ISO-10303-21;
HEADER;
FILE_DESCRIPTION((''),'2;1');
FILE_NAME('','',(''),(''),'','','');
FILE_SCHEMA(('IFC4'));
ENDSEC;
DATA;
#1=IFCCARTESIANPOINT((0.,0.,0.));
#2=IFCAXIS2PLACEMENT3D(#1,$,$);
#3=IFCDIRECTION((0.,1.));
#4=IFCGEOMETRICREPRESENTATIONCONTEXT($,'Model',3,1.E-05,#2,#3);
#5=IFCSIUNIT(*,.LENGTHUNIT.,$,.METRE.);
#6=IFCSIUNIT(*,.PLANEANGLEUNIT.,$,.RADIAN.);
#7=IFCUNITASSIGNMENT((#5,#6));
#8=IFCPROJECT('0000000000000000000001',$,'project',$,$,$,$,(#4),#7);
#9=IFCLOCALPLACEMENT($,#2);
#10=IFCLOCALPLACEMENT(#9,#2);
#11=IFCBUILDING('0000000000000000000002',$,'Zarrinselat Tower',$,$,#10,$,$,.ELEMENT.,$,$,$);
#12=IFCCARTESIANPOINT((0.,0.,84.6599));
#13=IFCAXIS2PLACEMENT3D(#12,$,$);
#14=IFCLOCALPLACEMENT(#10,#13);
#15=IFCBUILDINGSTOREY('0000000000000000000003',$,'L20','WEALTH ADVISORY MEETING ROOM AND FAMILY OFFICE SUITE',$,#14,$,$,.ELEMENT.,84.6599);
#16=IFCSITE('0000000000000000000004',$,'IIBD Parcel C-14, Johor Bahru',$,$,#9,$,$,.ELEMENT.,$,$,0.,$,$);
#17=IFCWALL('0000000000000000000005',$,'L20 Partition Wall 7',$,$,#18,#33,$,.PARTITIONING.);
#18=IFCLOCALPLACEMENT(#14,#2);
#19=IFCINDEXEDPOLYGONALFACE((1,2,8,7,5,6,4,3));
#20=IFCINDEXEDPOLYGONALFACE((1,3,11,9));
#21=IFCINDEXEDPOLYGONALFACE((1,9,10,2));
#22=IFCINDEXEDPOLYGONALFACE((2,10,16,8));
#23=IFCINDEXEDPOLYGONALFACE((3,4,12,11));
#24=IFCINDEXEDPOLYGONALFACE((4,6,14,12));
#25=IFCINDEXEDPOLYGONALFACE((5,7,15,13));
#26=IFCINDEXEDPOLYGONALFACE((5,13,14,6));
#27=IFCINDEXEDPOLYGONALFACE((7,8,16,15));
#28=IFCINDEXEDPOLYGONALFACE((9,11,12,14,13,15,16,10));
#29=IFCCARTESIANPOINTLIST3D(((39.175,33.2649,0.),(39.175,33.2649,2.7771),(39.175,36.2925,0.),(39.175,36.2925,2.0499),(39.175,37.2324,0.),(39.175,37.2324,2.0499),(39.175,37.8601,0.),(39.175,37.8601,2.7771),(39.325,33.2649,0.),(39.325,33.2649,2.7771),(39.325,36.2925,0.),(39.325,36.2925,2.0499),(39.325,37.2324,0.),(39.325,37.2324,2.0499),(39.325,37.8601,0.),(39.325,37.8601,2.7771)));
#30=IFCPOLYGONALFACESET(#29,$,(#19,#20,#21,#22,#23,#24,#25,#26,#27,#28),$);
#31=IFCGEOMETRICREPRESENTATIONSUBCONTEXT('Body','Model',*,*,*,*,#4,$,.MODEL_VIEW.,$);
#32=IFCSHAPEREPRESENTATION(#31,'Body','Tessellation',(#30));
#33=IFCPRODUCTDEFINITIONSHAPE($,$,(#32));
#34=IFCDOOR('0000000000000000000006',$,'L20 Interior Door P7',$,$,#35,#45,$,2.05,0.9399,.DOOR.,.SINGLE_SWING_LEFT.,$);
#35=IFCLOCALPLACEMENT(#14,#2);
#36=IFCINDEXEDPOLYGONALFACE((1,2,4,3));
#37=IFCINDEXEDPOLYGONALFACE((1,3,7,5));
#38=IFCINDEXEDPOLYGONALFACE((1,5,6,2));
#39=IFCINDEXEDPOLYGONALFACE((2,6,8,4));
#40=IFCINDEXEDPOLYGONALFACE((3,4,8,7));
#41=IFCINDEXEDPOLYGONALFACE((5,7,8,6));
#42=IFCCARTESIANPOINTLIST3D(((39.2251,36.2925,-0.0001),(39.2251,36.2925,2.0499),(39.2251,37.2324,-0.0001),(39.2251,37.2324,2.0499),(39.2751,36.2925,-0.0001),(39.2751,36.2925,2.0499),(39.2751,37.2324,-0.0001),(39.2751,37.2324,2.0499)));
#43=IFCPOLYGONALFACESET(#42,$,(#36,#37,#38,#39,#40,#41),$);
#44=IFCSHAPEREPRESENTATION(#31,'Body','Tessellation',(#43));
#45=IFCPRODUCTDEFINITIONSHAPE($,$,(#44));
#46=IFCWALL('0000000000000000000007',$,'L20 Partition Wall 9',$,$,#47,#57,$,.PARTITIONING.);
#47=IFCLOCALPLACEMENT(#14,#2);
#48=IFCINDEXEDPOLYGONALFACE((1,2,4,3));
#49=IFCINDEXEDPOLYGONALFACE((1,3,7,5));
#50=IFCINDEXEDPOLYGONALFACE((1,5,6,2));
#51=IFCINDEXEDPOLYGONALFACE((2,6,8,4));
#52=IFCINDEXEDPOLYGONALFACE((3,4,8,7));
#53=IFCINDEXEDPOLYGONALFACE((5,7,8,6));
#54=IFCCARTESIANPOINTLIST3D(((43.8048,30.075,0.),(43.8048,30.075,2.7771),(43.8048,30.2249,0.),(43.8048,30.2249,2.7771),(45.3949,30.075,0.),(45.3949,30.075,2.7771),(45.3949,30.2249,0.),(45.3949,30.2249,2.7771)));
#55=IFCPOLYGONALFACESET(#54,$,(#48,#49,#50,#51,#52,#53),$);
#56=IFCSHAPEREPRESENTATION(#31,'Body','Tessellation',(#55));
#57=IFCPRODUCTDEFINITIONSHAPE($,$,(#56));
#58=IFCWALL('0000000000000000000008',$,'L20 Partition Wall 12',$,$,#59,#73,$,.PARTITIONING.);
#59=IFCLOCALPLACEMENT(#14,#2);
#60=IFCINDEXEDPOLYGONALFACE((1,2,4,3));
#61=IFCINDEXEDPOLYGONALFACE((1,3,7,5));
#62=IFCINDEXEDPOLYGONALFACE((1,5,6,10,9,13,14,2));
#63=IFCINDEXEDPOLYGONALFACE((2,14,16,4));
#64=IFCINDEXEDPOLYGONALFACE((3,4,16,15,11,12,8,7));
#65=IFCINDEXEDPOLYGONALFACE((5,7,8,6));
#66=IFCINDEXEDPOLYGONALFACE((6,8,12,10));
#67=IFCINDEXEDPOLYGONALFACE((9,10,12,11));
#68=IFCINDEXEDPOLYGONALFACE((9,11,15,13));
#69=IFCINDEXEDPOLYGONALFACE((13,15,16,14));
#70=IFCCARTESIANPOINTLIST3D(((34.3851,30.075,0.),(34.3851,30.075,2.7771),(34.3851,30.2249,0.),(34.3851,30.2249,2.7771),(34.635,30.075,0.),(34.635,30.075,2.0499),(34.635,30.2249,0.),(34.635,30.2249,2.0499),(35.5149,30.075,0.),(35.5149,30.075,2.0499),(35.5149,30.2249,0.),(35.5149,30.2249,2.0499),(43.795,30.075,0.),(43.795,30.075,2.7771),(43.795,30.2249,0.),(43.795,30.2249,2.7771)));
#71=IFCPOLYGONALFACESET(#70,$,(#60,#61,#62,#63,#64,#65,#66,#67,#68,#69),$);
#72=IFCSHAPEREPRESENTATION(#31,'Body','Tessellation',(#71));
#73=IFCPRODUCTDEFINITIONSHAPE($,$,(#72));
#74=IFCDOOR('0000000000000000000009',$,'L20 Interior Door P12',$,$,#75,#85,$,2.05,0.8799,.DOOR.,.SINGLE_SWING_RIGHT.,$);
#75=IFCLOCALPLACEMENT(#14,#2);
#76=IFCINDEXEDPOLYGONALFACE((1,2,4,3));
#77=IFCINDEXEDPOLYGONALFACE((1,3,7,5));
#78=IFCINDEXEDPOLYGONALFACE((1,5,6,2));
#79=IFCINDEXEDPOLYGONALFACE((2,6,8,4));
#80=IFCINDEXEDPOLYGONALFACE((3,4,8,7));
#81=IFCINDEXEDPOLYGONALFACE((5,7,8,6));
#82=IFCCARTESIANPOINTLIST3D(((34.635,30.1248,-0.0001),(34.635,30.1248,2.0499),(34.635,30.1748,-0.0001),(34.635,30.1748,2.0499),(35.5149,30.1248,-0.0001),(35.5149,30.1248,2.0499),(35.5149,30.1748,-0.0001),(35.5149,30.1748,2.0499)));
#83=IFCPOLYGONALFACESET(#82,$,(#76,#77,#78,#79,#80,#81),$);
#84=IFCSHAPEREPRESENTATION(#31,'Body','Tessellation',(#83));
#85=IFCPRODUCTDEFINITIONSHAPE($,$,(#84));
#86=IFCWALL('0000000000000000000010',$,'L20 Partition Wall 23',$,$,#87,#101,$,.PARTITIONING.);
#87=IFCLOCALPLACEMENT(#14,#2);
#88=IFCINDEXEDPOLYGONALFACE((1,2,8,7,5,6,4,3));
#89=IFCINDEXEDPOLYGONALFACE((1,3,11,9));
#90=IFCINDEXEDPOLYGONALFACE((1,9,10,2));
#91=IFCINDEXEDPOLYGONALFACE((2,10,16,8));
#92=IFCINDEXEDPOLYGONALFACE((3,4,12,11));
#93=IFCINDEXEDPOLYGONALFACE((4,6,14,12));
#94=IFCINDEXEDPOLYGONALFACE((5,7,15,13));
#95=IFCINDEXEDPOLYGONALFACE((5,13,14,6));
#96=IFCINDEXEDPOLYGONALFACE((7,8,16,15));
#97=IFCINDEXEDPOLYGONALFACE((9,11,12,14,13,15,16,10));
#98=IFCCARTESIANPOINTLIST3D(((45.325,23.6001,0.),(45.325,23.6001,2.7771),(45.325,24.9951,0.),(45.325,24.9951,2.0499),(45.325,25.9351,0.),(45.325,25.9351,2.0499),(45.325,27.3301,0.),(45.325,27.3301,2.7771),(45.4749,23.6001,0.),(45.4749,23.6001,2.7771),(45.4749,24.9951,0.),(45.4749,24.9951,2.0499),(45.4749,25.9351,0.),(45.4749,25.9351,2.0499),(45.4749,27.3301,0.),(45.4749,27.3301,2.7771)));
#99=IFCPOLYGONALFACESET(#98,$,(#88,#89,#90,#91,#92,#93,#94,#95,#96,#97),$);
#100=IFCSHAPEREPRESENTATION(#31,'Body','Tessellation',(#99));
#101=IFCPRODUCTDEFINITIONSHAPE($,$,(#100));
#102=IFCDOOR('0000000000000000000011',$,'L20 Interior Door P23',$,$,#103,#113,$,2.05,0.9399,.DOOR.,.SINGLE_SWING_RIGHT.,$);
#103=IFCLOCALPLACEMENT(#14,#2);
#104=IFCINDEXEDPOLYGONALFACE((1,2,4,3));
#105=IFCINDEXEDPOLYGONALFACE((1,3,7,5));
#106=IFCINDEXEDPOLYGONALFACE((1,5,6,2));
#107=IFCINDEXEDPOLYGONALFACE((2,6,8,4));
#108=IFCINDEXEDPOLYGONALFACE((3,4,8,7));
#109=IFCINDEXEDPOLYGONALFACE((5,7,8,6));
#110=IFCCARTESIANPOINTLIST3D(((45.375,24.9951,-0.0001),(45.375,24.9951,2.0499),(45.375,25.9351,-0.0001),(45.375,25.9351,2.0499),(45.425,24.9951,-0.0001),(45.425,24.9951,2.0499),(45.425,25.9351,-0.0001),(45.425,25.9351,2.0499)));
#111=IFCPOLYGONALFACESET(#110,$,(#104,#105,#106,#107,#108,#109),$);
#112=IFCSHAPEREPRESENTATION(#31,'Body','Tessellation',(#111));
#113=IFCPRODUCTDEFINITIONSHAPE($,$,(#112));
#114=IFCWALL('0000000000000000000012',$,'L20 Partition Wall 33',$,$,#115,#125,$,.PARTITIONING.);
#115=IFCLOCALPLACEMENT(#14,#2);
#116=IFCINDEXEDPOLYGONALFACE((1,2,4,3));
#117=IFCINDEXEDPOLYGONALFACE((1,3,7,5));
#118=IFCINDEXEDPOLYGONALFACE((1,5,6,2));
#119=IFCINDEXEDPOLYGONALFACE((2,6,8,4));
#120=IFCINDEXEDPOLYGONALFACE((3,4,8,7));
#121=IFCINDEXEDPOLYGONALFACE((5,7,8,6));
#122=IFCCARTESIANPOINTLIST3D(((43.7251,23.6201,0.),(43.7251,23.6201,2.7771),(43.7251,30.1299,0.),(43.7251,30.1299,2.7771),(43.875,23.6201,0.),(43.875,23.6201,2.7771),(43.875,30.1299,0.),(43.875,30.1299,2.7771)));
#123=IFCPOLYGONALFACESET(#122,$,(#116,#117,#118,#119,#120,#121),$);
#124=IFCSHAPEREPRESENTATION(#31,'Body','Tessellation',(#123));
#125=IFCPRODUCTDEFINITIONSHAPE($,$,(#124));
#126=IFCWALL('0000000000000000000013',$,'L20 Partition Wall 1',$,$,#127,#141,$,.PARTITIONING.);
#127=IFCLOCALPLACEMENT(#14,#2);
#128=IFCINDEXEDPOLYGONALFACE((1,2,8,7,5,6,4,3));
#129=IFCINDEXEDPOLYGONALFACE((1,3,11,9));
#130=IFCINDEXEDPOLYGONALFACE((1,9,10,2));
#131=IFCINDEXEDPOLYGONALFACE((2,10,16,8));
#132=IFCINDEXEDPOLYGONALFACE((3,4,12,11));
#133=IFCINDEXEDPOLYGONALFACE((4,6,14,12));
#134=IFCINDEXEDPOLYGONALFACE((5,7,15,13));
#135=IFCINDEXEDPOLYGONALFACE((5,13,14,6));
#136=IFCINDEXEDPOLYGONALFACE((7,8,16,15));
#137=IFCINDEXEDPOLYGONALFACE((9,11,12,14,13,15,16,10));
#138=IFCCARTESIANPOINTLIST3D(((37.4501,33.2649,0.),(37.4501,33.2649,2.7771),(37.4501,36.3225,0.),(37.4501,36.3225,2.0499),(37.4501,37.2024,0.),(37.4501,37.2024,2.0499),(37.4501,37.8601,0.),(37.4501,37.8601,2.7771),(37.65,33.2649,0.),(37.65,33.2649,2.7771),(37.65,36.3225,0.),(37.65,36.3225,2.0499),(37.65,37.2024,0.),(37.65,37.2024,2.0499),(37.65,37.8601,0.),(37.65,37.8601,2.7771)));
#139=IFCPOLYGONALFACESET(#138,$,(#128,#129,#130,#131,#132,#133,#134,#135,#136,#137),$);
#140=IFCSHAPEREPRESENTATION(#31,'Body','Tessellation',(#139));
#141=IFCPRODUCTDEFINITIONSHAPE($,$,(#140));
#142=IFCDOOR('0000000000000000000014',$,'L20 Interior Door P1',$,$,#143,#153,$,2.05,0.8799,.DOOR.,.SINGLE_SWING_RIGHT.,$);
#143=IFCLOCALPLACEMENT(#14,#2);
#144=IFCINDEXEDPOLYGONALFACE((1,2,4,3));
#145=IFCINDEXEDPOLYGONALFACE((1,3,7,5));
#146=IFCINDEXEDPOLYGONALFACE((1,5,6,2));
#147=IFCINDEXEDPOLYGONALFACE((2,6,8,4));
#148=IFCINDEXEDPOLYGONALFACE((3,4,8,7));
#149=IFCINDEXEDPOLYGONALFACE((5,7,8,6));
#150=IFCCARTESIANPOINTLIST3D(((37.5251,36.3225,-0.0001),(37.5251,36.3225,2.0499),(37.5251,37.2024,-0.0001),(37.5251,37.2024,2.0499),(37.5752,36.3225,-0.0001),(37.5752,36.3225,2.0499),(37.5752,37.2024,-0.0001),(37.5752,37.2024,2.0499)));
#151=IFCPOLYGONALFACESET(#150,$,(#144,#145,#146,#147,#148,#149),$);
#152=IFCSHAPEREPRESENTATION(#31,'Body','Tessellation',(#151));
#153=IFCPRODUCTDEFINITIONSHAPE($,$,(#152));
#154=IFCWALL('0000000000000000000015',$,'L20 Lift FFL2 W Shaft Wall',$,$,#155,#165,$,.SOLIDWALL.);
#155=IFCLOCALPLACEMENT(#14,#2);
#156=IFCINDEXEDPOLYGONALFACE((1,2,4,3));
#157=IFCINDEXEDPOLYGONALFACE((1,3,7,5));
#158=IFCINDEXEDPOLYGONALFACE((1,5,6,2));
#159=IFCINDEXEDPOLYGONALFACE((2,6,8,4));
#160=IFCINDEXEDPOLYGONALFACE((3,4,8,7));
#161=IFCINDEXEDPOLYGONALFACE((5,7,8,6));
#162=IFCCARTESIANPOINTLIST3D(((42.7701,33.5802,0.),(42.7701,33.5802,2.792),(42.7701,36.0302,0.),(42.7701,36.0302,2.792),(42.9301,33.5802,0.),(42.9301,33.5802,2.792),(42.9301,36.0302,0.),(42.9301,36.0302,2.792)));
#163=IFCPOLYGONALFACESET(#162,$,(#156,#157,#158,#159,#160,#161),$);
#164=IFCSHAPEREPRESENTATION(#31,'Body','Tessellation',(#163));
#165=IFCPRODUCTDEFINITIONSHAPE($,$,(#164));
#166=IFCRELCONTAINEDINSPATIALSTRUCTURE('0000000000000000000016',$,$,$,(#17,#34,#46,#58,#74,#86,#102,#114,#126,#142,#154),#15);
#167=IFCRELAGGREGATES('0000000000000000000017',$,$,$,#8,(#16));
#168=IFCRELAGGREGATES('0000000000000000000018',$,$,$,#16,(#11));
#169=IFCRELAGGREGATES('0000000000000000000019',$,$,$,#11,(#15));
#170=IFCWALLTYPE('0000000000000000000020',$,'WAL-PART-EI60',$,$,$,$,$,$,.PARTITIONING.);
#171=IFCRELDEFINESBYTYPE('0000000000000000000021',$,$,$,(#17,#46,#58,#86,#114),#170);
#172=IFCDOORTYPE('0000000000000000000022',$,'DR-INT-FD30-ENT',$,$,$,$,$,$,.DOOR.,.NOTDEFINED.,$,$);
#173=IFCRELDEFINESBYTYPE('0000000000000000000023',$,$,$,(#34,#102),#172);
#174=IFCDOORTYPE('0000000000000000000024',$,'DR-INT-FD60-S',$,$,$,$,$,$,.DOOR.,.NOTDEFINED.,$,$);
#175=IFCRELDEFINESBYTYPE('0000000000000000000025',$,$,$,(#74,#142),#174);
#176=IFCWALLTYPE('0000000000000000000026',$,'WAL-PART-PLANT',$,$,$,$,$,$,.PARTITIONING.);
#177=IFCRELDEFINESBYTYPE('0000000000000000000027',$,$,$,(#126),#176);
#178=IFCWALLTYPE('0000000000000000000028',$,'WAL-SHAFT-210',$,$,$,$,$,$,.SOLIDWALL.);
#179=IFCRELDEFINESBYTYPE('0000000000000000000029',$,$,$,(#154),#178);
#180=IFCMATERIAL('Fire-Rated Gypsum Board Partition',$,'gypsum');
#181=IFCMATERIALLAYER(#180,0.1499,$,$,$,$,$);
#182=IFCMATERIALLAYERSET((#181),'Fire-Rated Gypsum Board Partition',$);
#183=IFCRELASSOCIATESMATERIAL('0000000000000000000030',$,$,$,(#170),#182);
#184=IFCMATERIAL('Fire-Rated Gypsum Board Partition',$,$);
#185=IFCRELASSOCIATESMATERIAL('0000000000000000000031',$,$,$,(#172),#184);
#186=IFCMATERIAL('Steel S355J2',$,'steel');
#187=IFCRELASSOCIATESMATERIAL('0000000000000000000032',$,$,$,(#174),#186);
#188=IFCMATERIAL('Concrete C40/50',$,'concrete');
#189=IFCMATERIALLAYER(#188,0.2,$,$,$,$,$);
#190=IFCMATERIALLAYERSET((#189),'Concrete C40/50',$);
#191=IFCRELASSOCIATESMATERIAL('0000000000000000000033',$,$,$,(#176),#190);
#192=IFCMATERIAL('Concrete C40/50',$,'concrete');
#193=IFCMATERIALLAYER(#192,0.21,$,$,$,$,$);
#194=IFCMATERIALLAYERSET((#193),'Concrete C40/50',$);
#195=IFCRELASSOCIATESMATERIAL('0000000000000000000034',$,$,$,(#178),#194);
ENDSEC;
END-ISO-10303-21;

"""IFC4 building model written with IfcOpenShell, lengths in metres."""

from ifc_helpers import new_model, si_unit, direction, frame, frame_2d, origin, place, context, subcontext, project, spatial, rectangle, extrude, material, layer, layer_set, type_object, element, fill, save


model = new_model("IFC4")

# Units and contexts
model_context = context("Model", 3, precision=1e-05, world=origin(), true_north=direction((0.0, 1.0)))
body_context = subcontext(model_context, "Body", "Model", "MODEL_VIEW")
ifc_project = project(units=[si_unit("LENGTHUNIT", "METRE"), si_unit("PLANEANGLEUNIT", "RADIAN")], contexts=[model_context])

# Site, building, storey
site_placement = place(None, origin())
site = spatial("IfcSite", under=ifc_project, at=site_placement, Name="IIBD Parcel C-14, Johor Bahru", CompositionType="ELEMENT", RefElevation=0.0)
building_placement = place(site_placement, origin())
building = spatial("IfcBuilding", under=site, at=building_placement, Name="Zarrinselat Tower", CompositionType="ELEMENT")
storey_placement = place(building_placement, frame((0.0, 0.0, 84.6599)))
storey = spatial("IfcBuildingStorey", under=building, at=storey_placement, Name="L20", Description="WEALTH ADVISORY MEETING ROOM AND FAMILY OFFICE SUITE", CompositionType="ELEMENT", Elevation=84.6599)

# Wall, opening, door
ifc_material_1 = material(Name="Fire-Rated Gypsum Board Partition", Category="gypsum")
ifc_layer_1 = layer(ifc_material_1, 0.1499)
ifc_layer_set_1 = layer_set([ifc_layer_1], Name="Fire-Rated Gypsum Board Partition")
wall_type_1 = type_object("IfcWallType", Name="WAL-PART-EI60", PredefinedType="PARTITIONING", material=ifc_layer_set_1)
wall_1_placement = place(storey_placement, frame((39.25, 33.2649, 0.0), z_axis=(0.0, 0.0, 1.0), x_axis=(0.0, 1.0, 0.0)))
wall_1 = element("IfcWall", 1, at=wall_1_placement, inside=storey, type_object=wall_type_1, Name="L20 Partition Wall 7", PredefinedType="PARTITIONING", context=body_context, shape_type="SweptSolid", body=[
    extrude(rectangle(XDim=4.5952, YDim=0.1499, at=frame_2d((2.2976, 0.0))), origin(), (0.0, 0.0, 1.0), 2.7771),
])
opening_1_placement = place(wall_1_placement, frame((3.0276, 0.0, 0.0)))
opening_1 = element("IfcOpeningElement", 2, at=opening_1_placement, cuts=wall_1, PredefinedType="OPENING", context=body_context, shape_type="SweptSolid", body=[
    extrude(rectangle(XDim=0.9399, YDim=2.05, at=frame_2d((0.47, 1.0249))), frame((0.0, 0.085, 0.0), z_axis=(0.0, -1.0, 0.0), x_axis=(1.0, 0.0, 0.0)), (0.0, 0.0, 1.0), 0.1699),
])
ifc_material_2 = material(Name="Fire-Rated Gypsum Board Partition")
door_type_1 = type_object("IfcDoorType", Name="DR-INT-FD30-ENT", OperationType="NOTDEFINED", PredefinedType="DOOR", material=ifc_material_2)
door_1_placement = place(opening_1_placement, origin())
door_1 = element("IfcDoor", 3, at=door_1_placement, inside=storey, type_object=door_type_1, Name="L20 Interior Door P7", OperationType="SINGLE_SWING_LEFT", OverallHeight=2.05, OverallWidth=0.9399, PredefinedType="DOOR", context=body_context, shape_type="SweptSolid", body=[
    extrude(rectangle(XDim=0.9399, YDim=2.05, at=frame_2d((0.47, 1.0249))), frame((0.0, 0.0249, 0.0), z_axis=(0.0, -1.0, 0.0), x_axis=(1.0, 0.0, 0.0)), (0.0, 0.0, 1.0), 0.05),
])
fill(opening_1, door_1)

# Wall
wall_2_placement = place(storey_placement, frame((43.8049, 30.1499, 0.0), z_axis=(0.0, 0.0, 1.0), x_axis=(1.0, 0.0, 0.0)))
element("IfcWall", 4, at=wall_2_placement, inside=storey, type_object=wall_type_1, Name="L20 Partition Wall 9", PredefinedType="PARTITIONING", context=body_context, shape_type="SweptSolid", body=[
    extrude(rectangle(XDim=1.5901, YDim=0.1499, at=frame_2d((0.7949, 0.0))), origin(), (0.0, 0.0, 1.0), 2.7771),
])

# Walls, openings, doors
wall_3_placement = place(storey_placement, frame((34.385, 30.1499, 0.0), z_axis=(0.0, 0.0, 1.0), x_axis=(1.0, 0.0, 0.0)))
wall_3 = element("IfcWall", 5, at=wall_3_placement, inside=storey, type_object=wall_type_1, Name="L20 Partition Wall 12", PredefinedType="PARTITIONING", context=body_context, shape_type="SweptSolid", body=[
    extrude(rectangle(XDim=9.4099, YDim=0.1499, at=frame_2d((4.7051, 0.0))), origin(), (0.0, 0.0, 1.0), 2.7771),
])
opening_2_placement = place(wall_3_placement, frame((0.25, 0.0, 0.0)))
opening_2 = element("IfcOpeningElement", 6, at=opening_2_placement, cuts=wall_3, PredefinedType="OPENING", context=body_context, shape_type="SweptSolid", body=[
    extrude(rectangle(XDim=0.8799, YDim=2.05, at=frame_2d((0.4399, 1.0249))), frame((0.0, 0.085, 0.0), z_axis=(0.0, -1.0, 0.0), x_axis=(1.0, 0.0, 0.0)), (0.0, 0.0, 1.0), 0.1699),
])
ifc_material_3 = material(Name="Steel S355J2", Category="steel")
door_type_2 = type_object("IfcDoorType", Name="DR-INT-FD60-S", OperationType="NOTDEFINED", PredefinedType="DOOR", material=ifc_material_3)
door_2_placement = place(opening_2_placement, origin())
door_2 = element("IfcDoor", 7, at=door_2_placement, inside=storey, type_object=door_type_2, Name="L20 Interior Door P12", OperationType="SINGLE_SWING_RIGHT", OverallHeight=2.05, OverallWidth=0.8799, PredefinedType="DOOR", context=body_context, shape_type="SweptSolid", body=[
    extrude(rectangle(XDim=0.8799, YDim=2.05, at=frame_2d((0.4399, 1.0249))), frame((0.0, 0.0249, 0.0), z_axis=(0.0, -1.0, 0.0), x_axis=(1.0, 0.0, 0.0)), (0.0, 0.0, 1.0), 0.05),
])
fill(opening_2, door_2)
wall_4_placement = place(storey_placement, frame((45.3999, 23.6001, 0.0), z_axis=(0.0, 0.0, 1.0), x_axis=(0.0, 1.0, 0.0)))
wall_4 = element("IfcWall", 8, at=wall_4_placement, inside=storey, type_object=wall_type_1, Name="L20 Partition Wall 23", PredefinedType="PARTITIONING", context=body_context, shape_type="SweptSolid", body=[
    extrude(rectangle(XDim=3.73, YDim=0.1499, at=frame_2d((1.865, 0.0))), origin(), (0.0, 0.0, 1.0), 2.7771),
])
opening_3_placement = place(wall_4_placement, frame((1.395, 0.0, 0.0)))
opening_3 = element("IfcOpeningElement", 9, at=opening_3_placement, cuts=wall_4, PredefinedType="OPENING", context=body_context, shape_type="SweptSolid", body=[
    extrude(rectangle(XDim=0.9399, YDim=2.05, at=frame_2d((0.47, 1.0249))), frame((0.0, 0.085, 0.0), z_axis=(0.0, -1.0, 0.0), x_axis=(1.0, 0.0, 0.0)), (0.0, 0.0, 1.0), 0.1699),
])
door_3_placement = place(opening_3_placement, origin())
door_3 = element("IfcDoor", 10, at=door_3_placement, inside=storey, type_object=door_type_1, Name="L20 Interior Door P23", OperationType="SINGLE_SWING_RIGHT", OverallHeight=2.05, OverallWidth=0.9399, PredefinedType="DOOR", context=body_context, shape_type="SweptSolid", body=[
    extrude(rectangle(XDim=0.9399, YDim=2.05, at=frame_2d((0.47, 1.0249))), frame((0.0, 0.0249, 0.0), z_axis=(0.0, -1.0, 0.0), x_axis=(1.0, 0.0, 0.0)), (0.0, 0.0, 1.0), 0.05),
])
fill(opening_3, door_3)

# Wall
wall_5_placement = place(storey_placement, frame((43.8, 23.6201, 0.0), z_axis=(0.0, 0.0, 1.0), x_axis=(0.0, 1.0, 0.0)))
element("IfcWall", 11, at=wall_5_placement, inside=storey, type_object=wall_type_1, Name="L20 Partition Wall 33", PredefinedType="PARTITIONING", context=body_context, shape_type="SweptSolid", body=[
    extrude(rectangle(XDim=6.5098, YDim=0.1499, at=frame_2d((3.2549, 0.0))), origin(), (0.0, 0.0, 1.0), 2.7771),
])

# Wall, opening, door
ifc_material_4 = material(Name="Concrete C40/50", Category="concrete")
ifc_layer_2 = layer(ifc_material_4, 0.2)
ifc_layer_set_2 = layer_set([ifc_layer_2], Name="Concrete C40/50")
wall_type_2 = type_object("IfcWallType", Name="WAL-PART-PLANT", PredefinedType="PARTITIONING", material=ifc_layer_set_2)
wall_6_placement = place(storey_placement, frame((37.55, 33.2649, 0.0), z_axis=(0.0, 0.0, 1.0), x_axis=(0.0, 1.0, 0.0)))
wall_6 = element("IfcWall", 12, at=wall_6_placement, inside=storey, type_object=wall_type_2, Name="L20 Partition Wall 1", PredefinedType="PARTITIONING", context=body_context, shape_type="SweptSolid", body=[
    extrude(rectangle(XDim=4.5952, YDim=0.2, at=frame_2d((2.2976, 0.0))), origin(), (0.0, 0.0, 1.0), 2.7771),
])
opening_4_placement = place(wall_6_placement, frame((3.0576, 0.0, 0.0)))
opening_4 = element("IfcOpeningElement", 13, at=opening_4_placement, cuts=wall_6, PredefinedType="OPENING", context=body_context, shape_type="SweptSolid", body=[
    extrude(rectangle(XDim=0.8799, YDim=2.05, at=frame_2d((0.4399, 1.0249))), frame((0.0, 0.1099, 0.0), z_axis=(0.0, -1.0, 0.0), x_axis=(1.0, 0.0, 0.0)), (0.0, 0.0, 1.0), 0.22),
])
door_4_placement = place(opening_4_placement, origin())
door_4 = element("IfcDoor", 14, at=door_4_placement, inside=storey, type_object=door_type_2, Name="L20 Interior Door P1", OperationType="SINGLE_SWING_RIGHT", OverallHeight=2.05, OverallWidth=0.8799, PredefinedType="DOOR", context=body_context, shape_type="SweptSolid", body=[
    extrude(rectangle(XDim=0.8799, YDim=2.05, at=frame_2d((0.4399, 1.0249))), frame((0.0, 0.0249, 0.0), z_axis=(0.0, -1.0, 0.0), x_axis=(1.0, 0.0, 0.0)), (0.0, 0.0, 1.0), 0.05),
])
fill(opening_4, door_4)

# Wall
ifc_material_5 = material(Name="Concrete C40/50", Category="concrete")
ifc_layer_3 = layer(ifc_material_5, 0.21)
ifc_layer_set_3 = layer_set([ifc_layer_3], Name="Concrete C40/50")
wall_type_3 = type_object("IfcWallType", Name="WAL-SHAFT-210", PredefinedType="SOLIDWALL", material=ifc_layer_set_3)
wall_7_placement = place(storey_placement, frame((42.8501, 33.5801, 0.0), z_axis=(0.0, 0.0, 1.0), x_axis=(0.0, 1.0, 0.0)))
element("IfcWall", 15, at=wall_7_placement, inside=storey, type_object=wall_type_3, Name="L20 Lift FFL2 W Shaft Wall", PredefinedType="SOLIDWALL", context=body_context, shape_type="SweptSolid", body=[
    extrude(rectangle(XDim=2.45, YDim=0.1599, at=frame_2d((1.2251, 0.0))), origin(), (0.0, 0.0, 1.0), 2.792),
])

save(model, "model.ifc")
